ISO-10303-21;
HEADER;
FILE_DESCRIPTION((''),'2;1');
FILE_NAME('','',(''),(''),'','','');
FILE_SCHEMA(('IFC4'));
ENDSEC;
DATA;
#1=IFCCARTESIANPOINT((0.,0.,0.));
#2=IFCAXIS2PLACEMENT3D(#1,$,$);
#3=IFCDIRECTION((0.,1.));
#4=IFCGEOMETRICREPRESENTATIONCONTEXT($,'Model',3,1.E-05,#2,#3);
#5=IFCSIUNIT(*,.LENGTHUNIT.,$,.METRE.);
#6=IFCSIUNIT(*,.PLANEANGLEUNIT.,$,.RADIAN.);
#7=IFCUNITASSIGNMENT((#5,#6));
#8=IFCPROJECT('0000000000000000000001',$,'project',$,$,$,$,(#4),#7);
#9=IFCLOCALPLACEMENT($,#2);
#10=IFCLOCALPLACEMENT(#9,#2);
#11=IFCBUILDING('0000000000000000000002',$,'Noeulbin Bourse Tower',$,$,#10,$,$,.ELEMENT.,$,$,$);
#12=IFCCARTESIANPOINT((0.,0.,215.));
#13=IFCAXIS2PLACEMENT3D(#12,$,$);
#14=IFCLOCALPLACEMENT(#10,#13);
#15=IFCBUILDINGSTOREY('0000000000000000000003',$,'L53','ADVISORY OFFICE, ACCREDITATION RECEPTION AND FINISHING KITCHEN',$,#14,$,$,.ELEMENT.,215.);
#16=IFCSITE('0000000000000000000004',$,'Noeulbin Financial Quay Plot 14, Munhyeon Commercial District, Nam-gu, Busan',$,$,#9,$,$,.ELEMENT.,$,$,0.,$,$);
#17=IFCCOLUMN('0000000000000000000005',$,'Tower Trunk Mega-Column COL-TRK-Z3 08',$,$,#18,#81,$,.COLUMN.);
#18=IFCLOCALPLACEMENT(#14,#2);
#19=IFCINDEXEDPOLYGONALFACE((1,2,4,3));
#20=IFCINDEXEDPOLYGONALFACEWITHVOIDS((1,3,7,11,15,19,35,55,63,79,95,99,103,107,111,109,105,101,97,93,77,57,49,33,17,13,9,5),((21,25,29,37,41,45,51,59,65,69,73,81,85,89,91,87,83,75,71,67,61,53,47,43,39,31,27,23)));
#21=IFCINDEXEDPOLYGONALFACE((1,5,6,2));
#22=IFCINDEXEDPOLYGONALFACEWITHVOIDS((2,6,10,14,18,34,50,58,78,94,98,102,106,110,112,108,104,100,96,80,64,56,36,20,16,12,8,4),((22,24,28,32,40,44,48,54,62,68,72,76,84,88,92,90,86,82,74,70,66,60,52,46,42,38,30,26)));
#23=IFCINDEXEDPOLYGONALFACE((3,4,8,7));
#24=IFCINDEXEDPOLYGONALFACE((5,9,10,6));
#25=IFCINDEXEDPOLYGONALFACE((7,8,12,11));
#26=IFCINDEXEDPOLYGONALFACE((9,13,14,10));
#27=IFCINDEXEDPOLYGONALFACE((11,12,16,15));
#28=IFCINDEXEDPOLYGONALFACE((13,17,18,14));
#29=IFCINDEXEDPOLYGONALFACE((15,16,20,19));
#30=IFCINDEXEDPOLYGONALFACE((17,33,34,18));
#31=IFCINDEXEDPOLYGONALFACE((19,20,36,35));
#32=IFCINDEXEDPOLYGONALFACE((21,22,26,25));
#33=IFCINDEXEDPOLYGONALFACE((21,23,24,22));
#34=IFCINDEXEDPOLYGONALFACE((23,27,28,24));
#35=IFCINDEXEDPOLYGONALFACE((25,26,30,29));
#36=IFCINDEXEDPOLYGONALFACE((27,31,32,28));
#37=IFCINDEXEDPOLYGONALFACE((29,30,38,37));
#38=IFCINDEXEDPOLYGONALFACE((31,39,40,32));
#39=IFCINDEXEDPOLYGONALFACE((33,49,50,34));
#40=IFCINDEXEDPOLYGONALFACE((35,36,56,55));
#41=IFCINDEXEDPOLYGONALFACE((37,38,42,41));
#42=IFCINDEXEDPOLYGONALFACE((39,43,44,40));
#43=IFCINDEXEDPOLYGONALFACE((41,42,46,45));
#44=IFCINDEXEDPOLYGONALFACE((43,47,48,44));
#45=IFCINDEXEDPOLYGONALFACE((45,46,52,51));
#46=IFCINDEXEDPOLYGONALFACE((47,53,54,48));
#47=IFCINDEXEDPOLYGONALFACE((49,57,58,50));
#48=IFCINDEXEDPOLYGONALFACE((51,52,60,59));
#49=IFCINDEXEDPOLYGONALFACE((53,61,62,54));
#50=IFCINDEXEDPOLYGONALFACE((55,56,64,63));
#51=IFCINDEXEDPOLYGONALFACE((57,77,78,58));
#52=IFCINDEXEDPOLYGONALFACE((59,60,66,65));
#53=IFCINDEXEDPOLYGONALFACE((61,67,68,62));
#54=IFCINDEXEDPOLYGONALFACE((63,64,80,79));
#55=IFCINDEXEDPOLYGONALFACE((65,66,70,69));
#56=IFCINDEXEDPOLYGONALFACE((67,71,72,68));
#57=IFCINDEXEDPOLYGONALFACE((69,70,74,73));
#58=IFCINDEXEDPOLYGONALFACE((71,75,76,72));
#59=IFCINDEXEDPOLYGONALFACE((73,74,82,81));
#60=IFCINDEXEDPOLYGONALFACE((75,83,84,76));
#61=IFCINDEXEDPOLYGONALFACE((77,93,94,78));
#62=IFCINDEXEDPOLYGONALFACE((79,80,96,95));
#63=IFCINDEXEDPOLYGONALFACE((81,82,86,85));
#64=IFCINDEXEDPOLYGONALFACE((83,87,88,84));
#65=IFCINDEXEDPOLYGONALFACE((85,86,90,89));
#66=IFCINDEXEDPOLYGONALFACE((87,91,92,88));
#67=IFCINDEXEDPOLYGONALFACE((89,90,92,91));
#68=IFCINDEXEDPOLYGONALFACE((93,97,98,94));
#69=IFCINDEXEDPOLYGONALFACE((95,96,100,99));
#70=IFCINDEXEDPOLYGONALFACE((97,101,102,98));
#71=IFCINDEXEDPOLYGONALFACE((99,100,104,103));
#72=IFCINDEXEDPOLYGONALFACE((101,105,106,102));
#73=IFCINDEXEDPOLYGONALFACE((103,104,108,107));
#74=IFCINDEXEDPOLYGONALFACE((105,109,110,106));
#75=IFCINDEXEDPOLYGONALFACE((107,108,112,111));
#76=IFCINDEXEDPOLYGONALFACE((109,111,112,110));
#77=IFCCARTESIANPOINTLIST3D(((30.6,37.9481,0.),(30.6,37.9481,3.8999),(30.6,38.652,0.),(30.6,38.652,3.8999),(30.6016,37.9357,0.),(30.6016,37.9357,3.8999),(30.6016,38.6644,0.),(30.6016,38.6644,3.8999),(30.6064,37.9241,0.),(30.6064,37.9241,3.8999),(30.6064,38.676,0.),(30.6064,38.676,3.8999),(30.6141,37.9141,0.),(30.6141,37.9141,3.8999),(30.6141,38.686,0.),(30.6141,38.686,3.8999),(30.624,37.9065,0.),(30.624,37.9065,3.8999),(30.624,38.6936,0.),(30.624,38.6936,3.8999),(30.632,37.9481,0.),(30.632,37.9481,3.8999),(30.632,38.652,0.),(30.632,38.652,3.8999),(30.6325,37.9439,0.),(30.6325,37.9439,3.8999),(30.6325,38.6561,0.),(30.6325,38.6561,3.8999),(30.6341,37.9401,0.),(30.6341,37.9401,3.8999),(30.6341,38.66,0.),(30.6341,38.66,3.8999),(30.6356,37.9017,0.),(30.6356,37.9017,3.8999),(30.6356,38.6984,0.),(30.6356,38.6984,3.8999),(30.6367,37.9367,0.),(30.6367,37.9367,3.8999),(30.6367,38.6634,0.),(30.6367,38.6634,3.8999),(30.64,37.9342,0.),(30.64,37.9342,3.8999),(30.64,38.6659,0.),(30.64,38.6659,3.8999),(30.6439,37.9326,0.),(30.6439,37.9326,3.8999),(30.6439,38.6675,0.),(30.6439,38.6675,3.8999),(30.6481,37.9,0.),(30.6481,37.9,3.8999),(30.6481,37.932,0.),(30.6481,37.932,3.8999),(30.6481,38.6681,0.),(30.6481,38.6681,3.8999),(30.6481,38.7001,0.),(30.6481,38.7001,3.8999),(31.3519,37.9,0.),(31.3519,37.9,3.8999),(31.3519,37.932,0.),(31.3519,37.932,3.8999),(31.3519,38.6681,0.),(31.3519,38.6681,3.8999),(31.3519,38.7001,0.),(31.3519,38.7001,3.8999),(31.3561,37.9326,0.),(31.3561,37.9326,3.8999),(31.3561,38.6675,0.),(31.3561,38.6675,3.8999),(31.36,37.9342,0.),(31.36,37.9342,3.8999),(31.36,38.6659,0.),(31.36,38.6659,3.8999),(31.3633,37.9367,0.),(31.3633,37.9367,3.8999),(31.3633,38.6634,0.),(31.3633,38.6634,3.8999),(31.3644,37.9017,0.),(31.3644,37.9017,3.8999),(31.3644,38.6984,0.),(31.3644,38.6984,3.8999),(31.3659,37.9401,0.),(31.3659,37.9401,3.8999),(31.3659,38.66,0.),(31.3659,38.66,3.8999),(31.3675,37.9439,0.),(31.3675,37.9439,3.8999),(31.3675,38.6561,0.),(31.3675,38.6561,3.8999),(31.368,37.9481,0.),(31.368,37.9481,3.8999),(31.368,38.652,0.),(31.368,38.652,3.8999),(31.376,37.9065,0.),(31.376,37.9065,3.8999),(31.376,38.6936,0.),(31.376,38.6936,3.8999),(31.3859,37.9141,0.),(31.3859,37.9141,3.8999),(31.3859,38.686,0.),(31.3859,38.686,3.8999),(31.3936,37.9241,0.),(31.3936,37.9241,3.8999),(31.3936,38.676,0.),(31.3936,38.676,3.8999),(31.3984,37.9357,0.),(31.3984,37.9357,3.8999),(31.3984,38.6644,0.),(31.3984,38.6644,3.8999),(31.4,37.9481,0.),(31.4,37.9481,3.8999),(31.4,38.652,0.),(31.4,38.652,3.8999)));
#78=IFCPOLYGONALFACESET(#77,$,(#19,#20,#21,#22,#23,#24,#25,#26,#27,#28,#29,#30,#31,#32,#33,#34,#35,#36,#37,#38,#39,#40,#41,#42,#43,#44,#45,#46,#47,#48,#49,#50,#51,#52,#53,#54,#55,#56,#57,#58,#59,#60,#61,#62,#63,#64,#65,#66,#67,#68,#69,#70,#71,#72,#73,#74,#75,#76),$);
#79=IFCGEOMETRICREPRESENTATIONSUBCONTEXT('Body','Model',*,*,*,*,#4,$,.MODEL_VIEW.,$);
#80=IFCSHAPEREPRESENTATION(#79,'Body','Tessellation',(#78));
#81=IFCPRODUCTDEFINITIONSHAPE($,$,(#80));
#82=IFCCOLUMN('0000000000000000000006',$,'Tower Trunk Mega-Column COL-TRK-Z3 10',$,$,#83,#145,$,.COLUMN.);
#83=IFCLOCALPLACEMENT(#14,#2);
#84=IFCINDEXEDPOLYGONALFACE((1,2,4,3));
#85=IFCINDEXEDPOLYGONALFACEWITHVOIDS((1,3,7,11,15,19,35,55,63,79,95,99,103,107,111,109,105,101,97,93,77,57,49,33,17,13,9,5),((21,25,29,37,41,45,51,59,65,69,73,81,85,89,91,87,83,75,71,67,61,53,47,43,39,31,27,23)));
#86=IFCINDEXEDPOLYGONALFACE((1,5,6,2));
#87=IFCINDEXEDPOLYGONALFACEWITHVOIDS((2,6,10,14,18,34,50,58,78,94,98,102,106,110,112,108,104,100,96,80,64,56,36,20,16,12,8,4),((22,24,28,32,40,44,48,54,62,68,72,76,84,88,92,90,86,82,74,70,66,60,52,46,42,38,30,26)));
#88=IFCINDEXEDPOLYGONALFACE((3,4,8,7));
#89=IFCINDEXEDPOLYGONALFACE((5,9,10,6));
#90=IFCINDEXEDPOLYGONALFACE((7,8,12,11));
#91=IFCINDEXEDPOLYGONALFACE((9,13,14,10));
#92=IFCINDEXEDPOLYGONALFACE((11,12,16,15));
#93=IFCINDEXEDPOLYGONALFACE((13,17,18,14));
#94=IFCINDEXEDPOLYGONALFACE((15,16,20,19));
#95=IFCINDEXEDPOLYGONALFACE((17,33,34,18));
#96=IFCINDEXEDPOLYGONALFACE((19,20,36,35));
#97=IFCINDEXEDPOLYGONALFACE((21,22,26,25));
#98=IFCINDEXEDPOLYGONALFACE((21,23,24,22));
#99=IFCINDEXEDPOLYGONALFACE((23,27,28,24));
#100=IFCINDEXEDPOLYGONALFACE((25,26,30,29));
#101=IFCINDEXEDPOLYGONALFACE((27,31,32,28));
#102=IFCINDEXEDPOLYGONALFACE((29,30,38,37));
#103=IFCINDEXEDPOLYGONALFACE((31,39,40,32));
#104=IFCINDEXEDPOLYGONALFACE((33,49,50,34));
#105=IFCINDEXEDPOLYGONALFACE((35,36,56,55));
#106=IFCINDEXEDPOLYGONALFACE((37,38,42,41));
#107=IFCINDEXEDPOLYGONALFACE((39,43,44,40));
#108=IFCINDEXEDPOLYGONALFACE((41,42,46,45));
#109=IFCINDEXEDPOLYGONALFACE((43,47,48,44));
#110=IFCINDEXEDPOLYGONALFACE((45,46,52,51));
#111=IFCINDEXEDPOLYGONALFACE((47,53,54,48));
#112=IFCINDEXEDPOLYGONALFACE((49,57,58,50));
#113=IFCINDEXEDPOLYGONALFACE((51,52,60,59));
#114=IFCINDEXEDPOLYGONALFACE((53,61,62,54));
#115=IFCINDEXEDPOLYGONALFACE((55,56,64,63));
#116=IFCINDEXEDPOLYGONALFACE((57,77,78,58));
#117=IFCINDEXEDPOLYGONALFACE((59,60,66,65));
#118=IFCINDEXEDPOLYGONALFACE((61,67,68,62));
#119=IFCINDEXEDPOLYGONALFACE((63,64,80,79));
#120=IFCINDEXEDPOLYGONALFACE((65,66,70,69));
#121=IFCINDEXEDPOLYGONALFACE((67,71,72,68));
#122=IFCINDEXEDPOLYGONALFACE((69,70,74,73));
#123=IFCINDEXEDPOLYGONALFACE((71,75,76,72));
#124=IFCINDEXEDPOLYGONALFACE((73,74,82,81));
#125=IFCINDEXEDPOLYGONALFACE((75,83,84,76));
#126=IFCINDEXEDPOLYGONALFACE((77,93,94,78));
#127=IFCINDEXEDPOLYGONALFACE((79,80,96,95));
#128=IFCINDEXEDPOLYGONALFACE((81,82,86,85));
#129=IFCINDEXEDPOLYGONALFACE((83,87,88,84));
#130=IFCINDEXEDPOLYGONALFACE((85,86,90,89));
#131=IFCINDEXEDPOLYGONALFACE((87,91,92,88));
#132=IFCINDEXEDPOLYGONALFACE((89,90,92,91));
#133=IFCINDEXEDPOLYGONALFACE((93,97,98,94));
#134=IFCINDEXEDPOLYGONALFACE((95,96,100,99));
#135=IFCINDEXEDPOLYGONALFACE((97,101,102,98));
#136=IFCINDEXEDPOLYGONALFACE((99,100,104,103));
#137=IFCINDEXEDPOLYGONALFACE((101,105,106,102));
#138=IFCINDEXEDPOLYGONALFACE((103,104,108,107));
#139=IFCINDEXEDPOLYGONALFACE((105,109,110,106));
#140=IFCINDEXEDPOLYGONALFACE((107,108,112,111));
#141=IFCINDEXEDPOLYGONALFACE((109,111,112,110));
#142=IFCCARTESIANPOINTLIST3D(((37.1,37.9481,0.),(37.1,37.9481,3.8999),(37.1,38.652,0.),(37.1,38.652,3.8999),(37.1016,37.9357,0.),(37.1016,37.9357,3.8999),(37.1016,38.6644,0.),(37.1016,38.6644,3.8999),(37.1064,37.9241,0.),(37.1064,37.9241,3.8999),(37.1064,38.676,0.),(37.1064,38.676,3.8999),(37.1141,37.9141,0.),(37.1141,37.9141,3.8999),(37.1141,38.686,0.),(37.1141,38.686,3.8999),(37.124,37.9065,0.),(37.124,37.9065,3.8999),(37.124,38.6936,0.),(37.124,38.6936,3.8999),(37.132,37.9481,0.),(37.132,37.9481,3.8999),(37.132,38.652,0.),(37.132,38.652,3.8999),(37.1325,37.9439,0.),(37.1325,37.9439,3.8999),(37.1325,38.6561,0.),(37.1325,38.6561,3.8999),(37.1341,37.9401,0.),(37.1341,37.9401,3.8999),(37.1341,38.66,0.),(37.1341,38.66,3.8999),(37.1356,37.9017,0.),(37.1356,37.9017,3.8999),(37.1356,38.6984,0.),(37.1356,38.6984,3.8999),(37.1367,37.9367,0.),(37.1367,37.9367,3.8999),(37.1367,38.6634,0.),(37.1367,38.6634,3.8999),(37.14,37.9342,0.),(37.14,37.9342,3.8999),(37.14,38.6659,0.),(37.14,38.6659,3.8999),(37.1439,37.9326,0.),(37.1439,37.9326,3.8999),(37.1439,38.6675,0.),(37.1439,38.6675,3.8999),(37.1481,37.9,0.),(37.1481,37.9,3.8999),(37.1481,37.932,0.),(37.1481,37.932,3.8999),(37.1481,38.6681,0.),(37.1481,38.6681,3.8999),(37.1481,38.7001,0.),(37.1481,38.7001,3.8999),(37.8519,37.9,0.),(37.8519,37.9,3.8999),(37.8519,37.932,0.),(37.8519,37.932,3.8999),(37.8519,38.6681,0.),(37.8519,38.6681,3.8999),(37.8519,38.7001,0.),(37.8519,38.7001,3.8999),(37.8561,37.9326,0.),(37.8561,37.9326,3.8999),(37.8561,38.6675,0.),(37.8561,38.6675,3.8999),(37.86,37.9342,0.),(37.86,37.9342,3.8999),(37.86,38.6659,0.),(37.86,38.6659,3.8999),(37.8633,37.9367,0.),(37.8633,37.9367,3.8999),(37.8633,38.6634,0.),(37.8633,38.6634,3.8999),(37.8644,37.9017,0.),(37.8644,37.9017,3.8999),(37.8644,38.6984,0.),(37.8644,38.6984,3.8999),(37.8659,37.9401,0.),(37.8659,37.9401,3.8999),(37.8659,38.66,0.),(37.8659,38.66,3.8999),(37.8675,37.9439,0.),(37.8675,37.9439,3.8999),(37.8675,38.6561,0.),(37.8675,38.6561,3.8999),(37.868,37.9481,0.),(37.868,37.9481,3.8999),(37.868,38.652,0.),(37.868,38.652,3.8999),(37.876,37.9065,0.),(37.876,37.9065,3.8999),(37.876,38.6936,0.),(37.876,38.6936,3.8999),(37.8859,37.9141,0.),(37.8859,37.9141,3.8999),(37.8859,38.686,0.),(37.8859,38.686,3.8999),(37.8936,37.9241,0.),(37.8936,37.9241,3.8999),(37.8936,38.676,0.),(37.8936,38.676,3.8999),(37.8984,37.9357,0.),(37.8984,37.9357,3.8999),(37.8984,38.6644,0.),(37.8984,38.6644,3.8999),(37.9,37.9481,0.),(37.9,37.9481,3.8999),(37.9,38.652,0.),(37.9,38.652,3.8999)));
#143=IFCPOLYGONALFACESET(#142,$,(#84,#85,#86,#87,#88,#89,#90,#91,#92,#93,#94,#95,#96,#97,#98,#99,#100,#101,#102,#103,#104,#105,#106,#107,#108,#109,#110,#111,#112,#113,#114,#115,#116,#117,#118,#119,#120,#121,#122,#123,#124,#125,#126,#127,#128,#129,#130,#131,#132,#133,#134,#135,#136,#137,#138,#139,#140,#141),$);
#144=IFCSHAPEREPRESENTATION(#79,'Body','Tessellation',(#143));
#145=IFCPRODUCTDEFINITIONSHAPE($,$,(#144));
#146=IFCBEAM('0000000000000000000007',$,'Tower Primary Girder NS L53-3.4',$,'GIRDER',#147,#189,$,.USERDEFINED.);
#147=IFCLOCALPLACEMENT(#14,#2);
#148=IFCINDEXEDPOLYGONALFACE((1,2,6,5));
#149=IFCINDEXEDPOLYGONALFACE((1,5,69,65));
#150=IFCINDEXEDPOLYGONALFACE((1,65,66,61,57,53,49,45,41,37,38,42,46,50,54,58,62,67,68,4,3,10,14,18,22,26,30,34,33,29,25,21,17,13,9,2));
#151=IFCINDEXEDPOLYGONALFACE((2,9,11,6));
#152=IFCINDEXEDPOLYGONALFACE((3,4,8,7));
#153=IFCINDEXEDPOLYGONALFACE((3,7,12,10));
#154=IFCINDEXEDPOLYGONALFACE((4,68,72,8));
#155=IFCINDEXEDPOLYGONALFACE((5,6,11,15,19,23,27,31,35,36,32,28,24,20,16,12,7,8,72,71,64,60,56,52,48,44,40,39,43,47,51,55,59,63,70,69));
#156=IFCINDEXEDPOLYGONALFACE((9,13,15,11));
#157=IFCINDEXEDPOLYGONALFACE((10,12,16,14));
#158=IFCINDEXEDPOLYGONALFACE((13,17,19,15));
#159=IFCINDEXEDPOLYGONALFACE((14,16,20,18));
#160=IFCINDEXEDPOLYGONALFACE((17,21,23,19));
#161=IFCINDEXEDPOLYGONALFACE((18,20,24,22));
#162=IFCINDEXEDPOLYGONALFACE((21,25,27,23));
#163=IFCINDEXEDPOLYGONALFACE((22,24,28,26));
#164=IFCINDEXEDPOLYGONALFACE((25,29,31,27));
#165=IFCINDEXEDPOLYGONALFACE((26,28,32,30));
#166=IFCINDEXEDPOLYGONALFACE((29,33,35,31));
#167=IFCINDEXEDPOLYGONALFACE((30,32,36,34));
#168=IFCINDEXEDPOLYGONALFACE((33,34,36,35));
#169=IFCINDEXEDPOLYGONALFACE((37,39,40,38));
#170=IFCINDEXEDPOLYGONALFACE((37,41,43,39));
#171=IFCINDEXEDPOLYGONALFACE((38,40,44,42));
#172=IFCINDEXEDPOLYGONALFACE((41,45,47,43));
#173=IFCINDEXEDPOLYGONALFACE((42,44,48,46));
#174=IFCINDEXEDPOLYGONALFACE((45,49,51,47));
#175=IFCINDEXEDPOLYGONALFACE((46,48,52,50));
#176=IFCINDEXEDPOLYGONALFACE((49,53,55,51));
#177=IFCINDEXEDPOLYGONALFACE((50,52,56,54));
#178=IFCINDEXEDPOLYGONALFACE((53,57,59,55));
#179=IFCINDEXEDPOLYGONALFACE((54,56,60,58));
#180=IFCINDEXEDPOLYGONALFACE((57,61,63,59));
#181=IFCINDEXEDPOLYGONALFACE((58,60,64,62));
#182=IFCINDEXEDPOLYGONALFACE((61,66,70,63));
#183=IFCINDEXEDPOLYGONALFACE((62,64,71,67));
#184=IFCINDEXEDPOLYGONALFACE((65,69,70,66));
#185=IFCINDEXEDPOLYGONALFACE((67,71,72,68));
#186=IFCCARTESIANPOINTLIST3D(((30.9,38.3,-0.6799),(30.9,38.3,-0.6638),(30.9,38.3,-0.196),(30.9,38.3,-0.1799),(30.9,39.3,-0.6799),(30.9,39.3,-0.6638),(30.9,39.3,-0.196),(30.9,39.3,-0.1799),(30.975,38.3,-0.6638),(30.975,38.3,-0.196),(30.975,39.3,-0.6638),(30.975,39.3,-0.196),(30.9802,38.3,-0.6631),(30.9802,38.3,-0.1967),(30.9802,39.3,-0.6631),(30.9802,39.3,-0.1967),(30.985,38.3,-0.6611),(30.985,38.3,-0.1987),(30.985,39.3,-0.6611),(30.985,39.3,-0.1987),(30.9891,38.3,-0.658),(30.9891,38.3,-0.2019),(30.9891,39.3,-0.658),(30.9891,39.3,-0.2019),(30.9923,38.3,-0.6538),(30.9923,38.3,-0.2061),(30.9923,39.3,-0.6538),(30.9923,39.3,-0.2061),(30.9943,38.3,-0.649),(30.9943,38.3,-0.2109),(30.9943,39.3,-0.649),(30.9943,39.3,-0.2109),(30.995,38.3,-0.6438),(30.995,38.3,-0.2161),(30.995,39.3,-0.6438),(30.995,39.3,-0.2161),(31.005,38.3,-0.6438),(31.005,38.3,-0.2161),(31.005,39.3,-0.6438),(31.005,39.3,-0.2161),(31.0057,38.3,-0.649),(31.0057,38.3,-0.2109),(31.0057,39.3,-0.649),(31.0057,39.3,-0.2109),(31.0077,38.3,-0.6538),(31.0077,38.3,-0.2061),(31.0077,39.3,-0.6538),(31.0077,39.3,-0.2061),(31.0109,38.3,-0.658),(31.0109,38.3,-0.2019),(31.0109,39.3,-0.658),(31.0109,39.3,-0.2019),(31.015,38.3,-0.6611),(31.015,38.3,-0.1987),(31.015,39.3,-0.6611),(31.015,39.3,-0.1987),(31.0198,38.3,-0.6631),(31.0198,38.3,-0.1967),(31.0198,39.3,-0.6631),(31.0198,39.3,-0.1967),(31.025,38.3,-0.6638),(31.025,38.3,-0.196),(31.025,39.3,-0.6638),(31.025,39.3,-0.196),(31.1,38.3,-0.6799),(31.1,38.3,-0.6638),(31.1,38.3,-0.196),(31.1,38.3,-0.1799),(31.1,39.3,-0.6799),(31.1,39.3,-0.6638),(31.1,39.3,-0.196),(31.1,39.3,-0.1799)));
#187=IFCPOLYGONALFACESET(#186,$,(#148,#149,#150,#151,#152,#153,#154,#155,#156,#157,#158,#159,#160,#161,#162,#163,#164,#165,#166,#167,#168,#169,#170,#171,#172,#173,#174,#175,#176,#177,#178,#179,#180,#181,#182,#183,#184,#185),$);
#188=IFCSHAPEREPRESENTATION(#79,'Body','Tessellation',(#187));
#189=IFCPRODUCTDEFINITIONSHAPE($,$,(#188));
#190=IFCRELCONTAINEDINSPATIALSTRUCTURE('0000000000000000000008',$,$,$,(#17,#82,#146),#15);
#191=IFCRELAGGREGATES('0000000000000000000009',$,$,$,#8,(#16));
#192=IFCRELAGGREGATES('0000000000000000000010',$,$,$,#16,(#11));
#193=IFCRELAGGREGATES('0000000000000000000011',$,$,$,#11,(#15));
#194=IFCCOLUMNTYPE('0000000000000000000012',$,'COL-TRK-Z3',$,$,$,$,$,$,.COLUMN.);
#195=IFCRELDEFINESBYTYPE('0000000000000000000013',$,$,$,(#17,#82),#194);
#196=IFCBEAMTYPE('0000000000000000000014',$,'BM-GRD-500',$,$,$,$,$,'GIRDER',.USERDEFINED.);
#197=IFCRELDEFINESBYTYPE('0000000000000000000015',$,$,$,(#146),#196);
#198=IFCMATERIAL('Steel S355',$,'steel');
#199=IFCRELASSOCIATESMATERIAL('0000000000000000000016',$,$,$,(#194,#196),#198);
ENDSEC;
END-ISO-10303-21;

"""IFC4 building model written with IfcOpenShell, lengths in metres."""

from ifc_helpers import new_model, si_unit, direction, frame, origin, origin_2d, place, context, subcontext, project, spatial, hollow_rectangle, i_section, extrude, material, material_profile, profile_set, type_object, element, save


model = new_model("IFC4")

# Units and contexts
model_context = context("Model", 3, precision=1e-05, world=origin(), true_north=direction((0.0, 1.0)))
body_context = subcontext(model_context, "Body", "Model", "MODEL_VIEW")
ifc_project = project(units=[si_unit("LENGTHUNIT", "METRE"), si_unit("PLANEANGLEUNIT", "RADIAN")], contexts=[model_context])

# Site, building, storey
site_placement = place(None, origin())
site = spatial("IfcSite", under=ifc_project, at=site_placement, Name="Noeulbin Financial Quay Plot 14, Munhyeon Commercial District, Nam-gu, Busan", CompositionType="ELEMENT", RefElevation=0.0)
building_placement = place(site_placement, origin())
building = spatial("IfcBuilding", under=site, at=building_placement, Name="Noeulbin Bourse Tower", CompositionType="ELEMENT")
storey_placement = place(building_placement, frame((0.0, 0.0, 215.0)))
storey = spatial("IfcBuildingStorey", under=building, at=storey_placement, Name="L53", Description="ADVISORY OFFICE, ACCREDITATION RECEPTION AND FINISHING KITCHEN", CompositionType="ELEMENT", Elevation=215.0)

# Columns
ifc_material_1 = material(Name="Steel S355", Category="steel")
ifc_material_profile_1 = material_profile(ifc_material_1, hollow_rectangle(XDim=0.8, YDim=0.8, WallThickness=0.032, InnerFilletRadius=0.0161, OuterFilletRadius=0.0481, at=origin_2d()), Name="BOX-800x800x32", Category="LoadBearing")
ifc_profile_set_1 = profile_set([ifc_material_profile_1], Name="Steel S355")
column_type = type_object("IfcColumnType", Name="COL-TRK-Z3", PredefinedType="COLUMN", material=ifc_profile_set_1)
for number, where, z_axis, x_axis, name in (
    (1, (31.0, 38.3, 0.0), (0.0, 0.0, 1.0), (1.0, 0.0, 0.0), "Tower Trunk Mega-Column COL-TRK-Z3 08"),
    (2, (37.5, 38.3, 0.0), (0.0, 0.0, 1.0), (1.0, 0.0, 0.0), "Tower Trunk Mega-Column COL-TRK-Z3 10"),
):
    element("IfcColumn", number, at=place(storey_placement, frame(where, z_axis=z_axis, x_axis=x_axis)), inside=storey, type_object=column_type, Name=name, PredefinedType="COLUMN", context=body_context, shape_type="SweptSolid", body=[
        extrude(hollow_rectangle(XDim=0.8, YDim=0.8, WallThickness=0.032, InnerFilletRadius=0.0161, OuterFilletRadius=0.0481, at=origin_2d()), origin(), (0.0, 0.0, 1.0), 3.8999),
    ])

# Beam
ifc_material_profile_2 = material_profile(ifc_material_1, i_section(OverallWidth=0.2, OverallDepth=0.5, WebThickness=0.01, FlangeThickness=0.0161, FilletRadius=0.02, at=origin_2d()), Name="H-500x200x10x16", Category="LoadBearing")
ifc_profile_set_2 = profile_set([ifc_material_profile_2], Name="Steel S355")
beam_type = type_object("IfcBeamType", Name="BM-GRD-500", ElementType="GIRDER", PredefinedType="USERDEFINED", material=ifc_profile_set_2)
for number, where, z_axis, x_axis, name in (
    (3, (31.0, 38.3, -0.4299), (0.0, 1.0, 0.0), (-1.0, 0.0, 0.0), "Tower Primary Girder NS L53-3.4"),
):
    element("IfcBeam", number, at=place(storey_placement, frame(where, z_axis=z_axis, x_axis=x_axis)), inside=storey, type_object=beam_type, Name=name, ObjectType="GIRDER", PredefinedType="USERDEFINED", context=body_context, shape_type="SweptSolid", body=[
        extrude(i_section(OverallWidth=0.2, OverallDepth=0.5, WebThickness=0.01, FlangeThickness=0.0161, FilletRadius=0.02, at=origin_2d()), origin(), (0.0, 0.0, 1.0), 1.0),
    ])

save(model, "model.ifc")
